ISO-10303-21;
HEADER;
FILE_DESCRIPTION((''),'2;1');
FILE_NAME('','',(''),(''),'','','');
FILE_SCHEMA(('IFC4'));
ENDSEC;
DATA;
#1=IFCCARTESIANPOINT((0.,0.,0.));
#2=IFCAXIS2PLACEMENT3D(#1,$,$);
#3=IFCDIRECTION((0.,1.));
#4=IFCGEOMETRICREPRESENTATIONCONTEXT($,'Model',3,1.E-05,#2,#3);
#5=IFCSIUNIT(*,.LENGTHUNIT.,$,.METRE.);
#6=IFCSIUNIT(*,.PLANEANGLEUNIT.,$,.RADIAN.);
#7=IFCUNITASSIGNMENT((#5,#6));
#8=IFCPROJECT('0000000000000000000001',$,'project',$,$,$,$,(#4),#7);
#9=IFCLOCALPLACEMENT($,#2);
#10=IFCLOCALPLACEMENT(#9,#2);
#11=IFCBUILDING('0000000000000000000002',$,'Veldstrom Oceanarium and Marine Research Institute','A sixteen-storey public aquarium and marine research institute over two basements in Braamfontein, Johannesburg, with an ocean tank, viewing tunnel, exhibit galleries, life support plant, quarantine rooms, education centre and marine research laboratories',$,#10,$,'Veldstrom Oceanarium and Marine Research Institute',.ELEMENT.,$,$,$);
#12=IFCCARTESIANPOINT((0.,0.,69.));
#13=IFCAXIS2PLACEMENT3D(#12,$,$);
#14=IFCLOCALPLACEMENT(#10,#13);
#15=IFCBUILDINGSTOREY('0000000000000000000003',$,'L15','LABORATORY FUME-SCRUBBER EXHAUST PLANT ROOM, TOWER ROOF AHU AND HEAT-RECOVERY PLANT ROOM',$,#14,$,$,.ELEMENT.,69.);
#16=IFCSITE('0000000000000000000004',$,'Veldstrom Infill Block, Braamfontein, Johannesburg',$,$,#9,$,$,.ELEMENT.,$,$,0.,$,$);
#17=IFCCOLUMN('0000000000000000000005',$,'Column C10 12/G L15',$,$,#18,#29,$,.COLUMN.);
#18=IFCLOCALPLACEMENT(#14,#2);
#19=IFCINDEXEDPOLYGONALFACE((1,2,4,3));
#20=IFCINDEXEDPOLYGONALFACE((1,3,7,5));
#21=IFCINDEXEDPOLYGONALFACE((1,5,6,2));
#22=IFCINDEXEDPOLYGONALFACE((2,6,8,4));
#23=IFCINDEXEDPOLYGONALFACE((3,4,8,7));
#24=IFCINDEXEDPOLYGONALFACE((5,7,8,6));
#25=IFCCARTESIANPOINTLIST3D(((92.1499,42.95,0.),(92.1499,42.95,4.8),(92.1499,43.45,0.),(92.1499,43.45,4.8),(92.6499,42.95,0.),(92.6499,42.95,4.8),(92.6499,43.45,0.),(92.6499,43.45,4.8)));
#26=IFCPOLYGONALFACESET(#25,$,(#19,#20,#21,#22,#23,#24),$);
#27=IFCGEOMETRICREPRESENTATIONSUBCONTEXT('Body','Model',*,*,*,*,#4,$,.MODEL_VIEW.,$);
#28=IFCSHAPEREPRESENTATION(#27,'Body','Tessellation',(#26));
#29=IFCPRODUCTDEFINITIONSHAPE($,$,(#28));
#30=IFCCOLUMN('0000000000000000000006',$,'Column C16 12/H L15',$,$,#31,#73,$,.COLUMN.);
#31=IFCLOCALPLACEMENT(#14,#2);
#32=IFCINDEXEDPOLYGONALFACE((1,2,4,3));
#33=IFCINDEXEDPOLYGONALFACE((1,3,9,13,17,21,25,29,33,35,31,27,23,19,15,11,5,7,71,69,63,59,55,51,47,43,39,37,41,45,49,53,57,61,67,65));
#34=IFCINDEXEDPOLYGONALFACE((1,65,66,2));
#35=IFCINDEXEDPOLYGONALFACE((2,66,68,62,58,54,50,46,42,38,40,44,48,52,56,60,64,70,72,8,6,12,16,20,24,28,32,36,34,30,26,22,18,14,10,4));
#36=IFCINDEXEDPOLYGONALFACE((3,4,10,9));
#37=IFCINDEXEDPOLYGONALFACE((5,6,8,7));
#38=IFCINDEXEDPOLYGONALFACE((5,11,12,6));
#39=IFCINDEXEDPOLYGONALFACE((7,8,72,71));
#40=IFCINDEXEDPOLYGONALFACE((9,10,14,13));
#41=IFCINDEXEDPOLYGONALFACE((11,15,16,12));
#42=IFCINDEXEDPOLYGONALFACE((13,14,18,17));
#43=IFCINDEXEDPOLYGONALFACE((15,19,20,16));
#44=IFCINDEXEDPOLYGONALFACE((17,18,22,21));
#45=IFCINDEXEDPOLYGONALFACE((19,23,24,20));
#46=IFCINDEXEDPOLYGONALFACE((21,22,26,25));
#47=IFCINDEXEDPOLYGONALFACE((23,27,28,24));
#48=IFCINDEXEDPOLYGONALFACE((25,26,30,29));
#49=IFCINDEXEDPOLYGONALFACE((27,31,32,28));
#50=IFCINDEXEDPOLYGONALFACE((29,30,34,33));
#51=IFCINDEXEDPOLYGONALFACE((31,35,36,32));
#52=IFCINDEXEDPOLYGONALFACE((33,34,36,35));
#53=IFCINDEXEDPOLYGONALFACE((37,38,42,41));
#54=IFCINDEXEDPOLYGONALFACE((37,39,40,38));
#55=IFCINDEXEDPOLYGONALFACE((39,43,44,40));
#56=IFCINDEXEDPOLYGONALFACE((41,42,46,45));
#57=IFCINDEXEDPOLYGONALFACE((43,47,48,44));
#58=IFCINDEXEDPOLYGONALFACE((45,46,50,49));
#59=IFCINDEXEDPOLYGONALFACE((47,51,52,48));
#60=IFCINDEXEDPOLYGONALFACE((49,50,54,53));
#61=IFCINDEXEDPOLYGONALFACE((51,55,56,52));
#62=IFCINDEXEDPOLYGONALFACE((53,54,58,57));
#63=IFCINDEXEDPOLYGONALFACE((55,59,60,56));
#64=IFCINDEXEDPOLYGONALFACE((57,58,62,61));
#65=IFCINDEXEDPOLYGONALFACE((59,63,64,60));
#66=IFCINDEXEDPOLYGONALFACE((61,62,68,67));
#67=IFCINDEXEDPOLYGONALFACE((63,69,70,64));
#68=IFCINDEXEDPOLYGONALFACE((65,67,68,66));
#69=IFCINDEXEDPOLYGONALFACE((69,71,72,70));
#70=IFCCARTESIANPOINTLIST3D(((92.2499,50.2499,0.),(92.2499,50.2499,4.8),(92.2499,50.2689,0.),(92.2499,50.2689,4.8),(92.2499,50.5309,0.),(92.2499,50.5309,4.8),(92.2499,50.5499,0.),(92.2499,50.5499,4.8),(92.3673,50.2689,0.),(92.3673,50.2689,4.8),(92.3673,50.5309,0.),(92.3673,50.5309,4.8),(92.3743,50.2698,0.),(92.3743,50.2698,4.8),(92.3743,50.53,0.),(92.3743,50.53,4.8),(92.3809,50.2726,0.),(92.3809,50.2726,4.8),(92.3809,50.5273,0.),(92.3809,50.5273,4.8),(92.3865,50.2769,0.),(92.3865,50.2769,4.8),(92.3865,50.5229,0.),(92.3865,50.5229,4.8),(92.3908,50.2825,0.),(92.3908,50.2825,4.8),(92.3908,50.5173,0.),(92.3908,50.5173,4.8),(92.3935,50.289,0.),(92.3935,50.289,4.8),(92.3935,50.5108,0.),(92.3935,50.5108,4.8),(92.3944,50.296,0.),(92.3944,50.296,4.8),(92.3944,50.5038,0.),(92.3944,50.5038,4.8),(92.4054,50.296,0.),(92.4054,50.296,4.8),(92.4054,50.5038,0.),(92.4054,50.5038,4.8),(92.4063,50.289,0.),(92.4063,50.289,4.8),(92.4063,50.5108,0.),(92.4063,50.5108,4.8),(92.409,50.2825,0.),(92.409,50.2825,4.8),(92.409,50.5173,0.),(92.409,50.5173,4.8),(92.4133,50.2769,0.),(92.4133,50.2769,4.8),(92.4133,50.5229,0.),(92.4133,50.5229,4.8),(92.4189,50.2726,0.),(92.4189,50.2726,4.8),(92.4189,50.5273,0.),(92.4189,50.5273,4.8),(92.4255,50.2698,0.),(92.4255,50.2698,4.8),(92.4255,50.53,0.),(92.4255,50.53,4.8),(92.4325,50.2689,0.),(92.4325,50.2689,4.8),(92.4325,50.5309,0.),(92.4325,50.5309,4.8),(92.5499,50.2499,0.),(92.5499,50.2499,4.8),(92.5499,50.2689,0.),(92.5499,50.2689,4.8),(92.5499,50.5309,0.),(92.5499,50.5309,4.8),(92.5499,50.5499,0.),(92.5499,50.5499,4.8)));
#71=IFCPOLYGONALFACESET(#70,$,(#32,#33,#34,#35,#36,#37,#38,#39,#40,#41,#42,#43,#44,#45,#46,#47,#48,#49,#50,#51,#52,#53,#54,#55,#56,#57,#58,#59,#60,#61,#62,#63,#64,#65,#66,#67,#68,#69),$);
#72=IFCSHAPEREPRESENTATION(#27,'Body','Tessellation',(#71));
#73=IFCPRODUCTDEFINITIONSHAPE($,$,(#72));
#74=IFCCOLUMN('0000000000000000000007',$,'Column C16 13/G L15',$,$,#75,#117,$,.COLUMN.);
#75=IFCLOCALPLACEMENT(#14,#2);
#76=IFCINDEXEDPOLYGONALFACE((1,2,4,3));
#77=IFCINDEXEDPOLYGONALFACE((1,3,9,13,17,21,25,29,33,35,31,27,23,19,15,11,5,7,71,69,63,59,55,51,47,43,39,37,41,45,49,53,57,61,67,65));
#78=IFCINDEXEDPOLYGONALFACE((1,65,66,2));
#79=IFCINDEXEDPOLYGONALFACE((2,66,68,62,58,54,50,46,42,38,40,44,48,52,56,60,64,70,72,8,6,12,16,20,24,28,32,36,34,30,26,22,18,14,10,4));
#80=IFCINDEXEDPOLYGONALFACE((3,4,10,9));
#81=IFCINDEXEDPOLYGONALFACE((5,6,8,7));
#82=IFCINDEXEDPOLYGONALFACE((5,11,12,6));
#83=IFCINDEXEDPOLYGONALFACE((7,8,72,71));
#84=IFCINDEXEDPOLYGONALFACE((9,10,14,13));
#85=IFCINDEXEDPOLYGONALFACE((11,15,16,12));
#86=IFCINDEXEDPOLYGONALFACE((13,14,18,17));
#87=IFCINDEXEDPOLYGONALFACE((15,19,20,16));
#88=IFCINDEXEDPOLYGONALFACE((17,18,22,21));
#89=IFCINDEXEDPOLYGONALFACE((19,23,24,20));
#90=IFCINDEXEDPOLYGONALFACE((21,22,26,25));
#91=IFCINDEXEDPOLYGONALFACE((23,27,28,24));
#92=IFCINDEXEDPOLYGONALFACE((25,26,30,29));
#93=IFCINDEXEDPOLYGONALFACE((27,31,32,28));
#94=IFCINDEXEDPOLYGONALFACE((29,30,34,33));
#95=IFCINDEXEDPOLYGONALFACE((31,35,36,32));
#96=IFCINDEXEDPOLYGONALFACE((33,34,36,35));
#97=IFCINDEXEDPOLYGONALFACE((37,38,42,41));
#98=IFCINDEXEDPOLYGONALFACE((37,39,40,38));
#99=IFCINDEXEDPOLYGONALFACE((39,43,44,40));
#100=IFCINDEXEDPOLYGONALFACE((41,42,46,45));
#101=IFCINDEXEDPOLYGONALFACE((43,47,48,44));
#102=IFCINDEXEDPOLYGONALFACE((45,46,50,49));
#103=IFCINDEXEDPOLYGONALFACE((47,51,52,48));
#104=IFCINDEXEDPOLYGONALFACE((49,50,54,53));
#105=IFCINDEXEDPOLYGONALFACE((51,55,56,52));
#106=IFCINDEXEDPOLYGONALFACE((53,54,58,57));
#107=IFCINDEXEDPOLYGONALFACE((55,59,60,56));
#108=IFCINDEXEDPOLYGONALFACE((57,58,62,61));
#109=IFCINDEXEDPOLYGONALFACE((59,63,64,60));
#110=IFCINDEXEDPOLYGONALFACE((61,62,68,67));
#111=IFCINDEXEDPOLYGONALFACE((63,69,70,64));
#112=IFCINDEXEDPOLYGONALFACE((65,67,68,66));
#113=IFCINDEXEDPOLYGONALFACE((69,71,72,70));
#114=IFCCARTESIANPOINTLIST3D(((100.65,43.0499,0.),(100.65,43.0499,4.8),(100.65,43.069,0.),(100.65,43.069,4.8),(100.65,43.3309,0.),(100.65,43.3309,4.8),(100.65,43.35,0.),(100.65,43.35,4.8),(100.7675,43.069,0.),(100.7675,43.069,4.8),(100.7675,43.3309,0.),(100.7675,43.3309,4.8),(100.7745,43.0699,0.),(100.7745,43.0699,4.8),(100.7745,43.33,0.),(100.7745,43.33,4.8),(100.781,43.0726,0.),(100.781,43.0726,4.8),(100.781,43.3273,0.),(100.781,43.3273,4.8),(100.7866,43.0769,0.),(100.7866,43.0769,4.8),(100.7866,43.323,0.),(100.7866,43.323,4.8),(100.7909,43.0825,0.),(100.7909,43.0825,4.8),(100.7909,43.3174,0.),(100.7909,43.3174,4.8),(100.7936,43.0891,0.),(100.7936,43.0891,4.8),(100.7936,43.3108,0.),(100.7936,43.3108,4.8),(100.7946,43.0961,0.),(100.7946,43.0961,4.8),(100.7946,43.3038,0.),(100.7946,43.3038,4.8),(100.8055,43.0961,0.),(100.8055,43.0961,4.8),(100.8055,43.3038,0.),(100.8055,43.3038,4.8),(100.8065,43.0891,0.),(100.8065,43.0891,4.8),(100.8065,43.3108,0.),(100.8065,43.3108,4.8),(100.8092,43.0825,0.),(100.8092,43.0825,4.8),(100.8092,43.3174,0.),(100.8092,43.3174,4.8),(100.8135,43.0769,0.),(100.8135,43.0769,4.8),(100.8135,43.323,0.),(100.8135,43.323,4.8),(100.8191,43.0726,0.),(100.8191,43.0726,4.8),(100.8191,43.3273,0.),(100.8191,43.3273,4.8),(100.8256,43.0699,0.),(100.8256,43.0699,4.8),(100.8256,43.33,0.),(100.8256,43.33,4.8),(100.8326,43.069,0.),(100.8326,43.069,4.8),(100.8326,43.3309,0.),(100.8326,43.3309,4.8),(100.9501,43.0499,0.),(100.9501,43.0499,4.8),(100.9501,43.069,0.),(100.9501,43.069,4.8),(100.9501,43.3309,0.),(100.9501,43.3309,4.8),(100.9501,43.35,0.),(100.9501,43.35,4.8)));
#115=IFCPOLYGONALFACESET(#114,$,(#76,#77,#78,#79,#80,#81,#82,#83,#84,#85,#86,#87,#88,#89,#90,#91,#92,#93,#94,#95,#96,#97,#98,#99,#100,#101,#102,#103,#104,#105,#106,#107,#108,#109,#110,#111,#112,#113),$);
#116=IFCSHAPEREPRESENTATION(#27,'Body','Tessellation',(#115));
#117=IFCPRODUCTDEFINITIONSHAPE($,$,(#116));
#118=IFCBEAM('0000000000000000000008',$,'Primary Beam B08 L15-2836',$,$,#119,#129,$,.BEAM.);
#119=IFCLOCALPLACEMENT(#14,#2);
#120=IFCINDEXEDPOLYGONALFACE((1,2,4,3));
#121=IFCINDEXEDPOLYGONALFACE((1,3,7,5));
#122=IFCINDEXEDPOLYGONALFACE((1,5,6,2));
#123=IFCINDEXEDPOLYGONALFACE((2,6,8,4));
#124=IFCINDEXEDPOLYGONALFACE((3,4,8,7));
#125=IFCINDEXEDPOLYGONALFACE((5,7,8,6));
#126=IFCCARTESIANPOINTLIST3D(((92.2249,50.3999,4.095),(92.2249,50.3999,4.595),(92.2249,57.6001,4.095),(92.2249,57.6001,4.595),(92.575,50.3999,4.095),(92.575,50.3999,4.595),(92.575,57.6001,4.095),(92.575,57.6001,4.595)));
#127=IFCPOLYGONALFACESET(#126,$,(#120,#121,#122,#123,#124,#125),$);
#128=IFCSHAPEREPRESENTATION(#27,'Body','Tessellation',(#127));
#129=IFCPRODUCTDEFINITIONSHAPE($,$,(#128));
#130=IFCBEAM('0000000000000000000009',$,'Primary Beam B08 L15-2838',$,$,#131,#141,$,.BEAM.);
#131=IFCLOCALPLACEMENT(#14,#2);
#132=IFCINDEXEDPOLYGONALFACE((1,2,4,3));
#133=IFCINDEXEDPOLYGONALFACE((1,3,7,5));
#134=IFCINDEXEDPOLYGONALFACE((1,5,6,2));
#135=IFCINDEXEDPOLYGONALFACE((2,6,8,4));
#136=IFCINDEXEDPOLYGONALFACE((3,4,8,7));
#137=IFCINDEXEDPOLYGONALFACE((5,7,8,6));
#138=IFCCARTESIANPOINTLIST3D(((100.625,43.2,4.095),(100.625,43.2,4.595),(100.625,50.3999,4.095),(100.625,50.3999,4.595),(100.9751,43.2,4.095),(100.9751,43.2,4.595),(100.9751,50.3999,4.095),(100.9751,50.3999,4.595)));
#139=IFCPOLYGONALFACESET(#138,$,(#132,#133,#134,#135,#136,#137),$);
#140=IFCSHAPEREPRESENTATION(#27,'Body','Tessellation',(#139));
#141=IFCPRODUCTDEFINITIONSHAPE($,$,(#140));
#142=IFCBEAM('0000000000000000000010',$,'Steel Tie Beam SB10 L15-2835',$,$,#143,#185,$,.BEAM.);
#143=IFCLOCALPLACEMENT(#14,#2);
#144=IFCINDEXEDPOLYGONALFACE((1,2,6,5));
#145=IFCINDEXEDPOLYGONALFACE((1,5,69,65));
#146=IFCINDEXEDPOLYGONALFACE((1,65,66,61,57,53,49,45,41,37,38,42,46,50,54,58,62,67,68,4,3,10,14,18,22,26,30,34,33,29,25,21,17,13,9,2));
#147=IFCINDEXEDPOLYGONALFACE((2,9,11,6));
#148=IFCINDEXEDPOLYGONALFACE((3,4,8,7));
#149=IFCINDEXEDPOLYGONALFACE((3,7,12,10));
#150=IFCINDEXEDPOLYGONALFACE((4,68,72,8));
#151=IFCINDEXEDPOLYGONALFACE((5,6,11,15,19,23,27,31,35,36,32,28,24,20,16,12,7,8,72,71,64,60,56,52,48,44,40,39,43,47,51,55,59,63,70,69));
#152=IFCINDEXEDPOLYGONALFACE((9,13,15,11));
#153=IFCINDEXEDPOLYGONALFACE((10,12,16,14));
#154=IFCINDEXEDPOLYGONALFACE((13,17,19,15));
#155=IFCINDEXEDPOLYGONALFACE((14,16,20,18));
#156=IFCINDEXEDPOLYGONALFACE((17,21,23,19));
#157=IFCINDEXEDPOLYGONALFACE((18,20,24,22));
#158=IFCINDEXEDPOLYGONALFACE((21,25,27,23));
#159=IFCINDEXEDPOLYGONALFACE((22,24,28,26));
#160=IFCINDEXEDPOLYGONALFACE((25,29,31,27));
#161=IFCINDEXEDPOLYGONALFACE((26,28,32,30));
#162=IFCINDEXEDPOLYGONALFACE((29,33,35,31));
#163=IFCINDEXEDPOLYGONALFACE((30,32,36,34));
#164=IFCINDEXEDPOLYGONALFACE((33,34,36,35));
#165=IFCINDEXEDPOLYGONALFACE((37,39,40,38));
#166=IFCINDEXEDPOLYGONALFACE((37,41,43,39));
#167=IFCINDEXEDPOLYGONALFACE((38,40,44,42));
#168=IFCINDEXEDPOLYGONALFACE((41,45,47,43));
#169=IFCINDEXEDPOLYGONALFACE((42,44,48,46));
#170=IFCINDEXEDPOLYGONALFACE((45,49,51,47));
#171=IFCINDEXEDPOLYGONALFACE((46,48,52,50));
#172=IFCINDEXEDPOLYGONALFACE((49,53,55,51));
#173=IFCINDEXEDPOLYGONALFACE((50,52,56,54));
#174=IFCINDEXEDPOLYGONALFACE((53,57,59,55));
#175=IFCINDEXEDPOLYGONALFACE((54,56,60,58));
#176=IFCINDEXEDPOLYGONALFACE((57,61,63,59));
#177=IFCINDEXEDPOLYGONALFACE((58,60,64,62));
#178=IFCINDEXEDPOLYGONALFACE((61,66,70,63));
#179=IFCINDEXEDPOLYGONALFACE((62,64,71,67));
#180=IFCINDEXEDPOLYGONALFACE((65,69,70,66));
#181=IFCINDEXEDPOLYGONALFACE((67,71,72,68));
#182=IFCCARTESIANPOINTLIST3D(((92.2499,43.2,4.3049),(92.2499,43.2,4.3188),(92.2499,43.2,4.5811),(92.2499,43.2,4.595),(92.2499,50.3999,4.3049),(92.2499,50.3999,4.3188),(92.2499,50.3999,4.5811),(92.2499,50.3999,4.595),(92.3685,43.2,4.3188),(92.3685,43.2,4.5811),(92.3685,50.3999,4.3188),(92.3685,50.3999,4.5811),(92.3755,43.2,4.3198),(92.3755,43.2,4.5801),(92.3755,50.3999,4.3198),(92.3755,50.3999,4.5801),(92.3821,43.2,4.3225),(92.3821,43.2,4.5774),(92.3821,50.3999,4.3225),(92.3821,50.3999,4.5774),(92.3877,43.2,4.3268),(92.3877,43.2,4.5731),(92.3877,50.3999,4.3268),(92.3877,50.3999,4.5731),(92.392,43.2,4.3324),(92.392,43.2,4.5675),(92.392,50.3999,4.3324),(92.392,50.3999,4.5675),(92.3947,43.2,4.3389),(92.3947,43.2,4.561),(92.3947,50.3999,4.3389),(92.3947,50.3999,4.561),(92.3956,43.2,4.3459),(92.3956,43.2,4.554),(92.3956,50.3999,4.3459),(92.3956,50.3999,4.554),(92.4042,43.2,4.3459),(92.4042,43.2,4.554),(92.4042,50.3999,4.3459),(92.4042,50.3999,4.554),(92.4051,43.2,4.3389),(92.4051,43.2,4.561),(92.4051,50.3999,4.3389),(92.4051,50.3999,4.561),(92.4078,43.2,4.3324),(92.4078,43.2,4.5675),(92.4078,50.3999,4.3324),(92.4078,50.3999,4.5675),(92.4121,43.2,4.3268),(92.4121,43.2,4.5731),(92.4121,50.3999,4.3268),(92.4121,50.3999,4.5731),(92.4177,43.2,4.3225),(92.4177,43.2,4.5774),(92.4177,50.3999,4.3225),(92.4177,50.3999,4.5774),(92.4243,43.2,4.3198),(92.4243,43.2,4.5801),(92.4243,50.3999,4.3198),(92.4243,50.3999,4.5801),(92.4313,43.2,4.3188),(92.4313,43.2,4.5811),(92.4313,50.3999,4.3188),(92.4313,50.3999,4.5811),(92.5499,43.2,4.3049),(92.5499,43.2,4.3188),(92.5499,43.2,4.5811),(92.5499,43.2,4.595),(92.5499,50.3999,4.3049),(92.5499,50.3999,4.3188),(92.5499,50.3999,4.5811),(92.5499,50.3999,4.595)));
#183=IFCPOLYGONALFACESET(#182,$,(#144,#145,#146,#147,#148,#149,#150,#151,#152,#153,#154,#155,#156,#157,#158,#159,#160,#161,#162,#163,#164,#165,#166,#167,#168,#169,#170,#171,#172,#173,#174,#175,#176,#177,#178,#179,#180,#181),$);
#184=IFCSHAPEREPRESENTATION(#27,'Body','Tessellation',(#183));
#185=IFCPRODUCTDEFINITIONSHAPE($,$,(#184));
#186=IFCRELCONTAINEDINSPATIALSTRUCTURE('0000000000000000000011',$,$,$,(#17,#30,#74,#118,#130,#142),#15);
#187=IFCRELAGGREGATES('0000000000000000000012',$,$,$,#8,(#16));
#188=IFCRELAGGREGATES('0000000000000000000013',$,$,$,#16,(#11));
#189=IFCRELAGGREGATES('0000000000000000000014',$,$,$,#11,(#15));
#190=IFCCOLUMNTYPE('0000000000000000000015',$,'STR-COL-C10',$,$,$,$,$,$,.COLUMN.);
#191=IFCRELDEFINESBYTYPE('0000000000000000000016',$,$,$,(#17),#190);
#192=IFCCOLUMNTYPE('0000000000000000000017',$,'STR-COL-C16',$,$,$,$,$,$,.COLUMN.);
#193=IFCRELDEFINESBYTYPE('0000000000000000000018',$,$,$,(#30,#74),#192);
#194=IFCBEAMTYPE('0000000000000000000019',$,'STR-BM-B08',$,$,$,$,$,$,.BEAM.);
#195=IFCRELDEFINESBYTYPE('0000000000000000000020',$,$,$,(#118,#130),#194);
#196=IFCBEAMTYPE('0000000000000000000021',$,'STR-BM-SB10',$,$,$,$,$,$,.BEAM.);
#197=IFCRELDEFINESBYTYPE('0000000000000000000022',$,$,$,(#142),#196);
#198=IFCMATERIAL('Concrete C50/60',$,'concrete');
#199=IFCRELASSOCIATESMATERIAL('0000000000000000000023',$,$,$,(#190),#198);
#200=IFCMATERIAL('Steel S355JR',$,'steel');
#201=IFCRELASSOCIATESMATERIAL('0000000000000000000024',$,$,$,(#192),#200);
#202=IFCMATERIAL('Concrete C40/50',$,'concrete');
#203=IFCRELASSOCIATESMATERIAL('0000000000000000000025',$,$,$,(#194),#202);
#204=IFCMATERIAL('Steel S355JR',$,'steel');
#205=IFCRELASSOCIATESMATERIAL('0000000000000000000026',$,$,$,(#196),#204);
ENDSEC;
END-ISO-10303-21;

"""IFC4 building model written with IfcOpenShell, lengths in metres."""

from ifc_helpers import new_model, si_unit, direction, frame, origin, origin_2d, place, context, subcontext, project, spatial, rectangle, i_section, extrude, material, material_profile, profile_set, type_object, element, save


model = new_model("IFC4")

# Units and contexts
model_context = context("Model", 3, precision=1e-05, world=origin(), true_north=direction((0.0, 1.0)))
body_context = subcontext(model_context, "Body", "Model", "MODEL_VIEW")
ifc_project = project(units=[si_unit("LENGTHUNIT", "METRE"), si_unit("PLANEANGLEUNIT", "RADIAN")], contexts=[model_context])

# Site, building, storey
site_placement = place(None, origin())
site = spatial("IfcSite", under=ifc_project, at=site_placement, Name="Veldstrom Infill Block, Braamfontein, Johannesburg", CompositionType="ELEMENT", RefElevation=0.0)
building_placement = place(site_placement, origin())
building = spatial("IfcBuilding", under=site, at=building_placement, Name="Veldstrom Oceanarium and Marine Research Institute", Description="A sixteen-storey public aquarium and marine research institute over two basements in Braamfontein, Johannesburg, with an ocean tank, viewing tunnel, exhibit galleries, life support plant, quarantine rooms, education centre and marine research laboratories", LongName="Veldstrom Oceanarium and Marine Research Institute", CompositionType="ELEMENT")
storey_placement = place(building_placement, frame((0.0, 0.0, 69.0)))
storey = spatial("IfcBuildingStorey", under=building, at=storey_placement, Name="L15", Description="LABORATORY FUME-SCRUBBER EXHAUST PLANT ROOM, TOWER ROOF AHU AND HEAT-RECOVERY PLANT ROOM", CompositionType="ELEMENT", Elevation=69.0)

# Columns
ifc_material_1 = material(Name="Concrete C50/60", Category="concrete")
ifc_material_profile_1 = material_profile(ifc_material_1, rectangle(XDim=0.5, YDim=0.5, at=origin_2d()), Name="RC-COL-500x500")
ifc_profile_set_1 = profile_set([ifc_material_profile_1], Name="Concrete C50/60")
column_type_1 = type_object("IfcColumnType", Name="STR-COL-C10", PredefinedType="COLUMN", material=ifc_profile_set_1)
column_placement = place(storey_placement, frame((92.3999, 43.2, 0.0), z_axis=(0.0, 0.0, 1.0), x_axis=(1.0, 0.0, 0.0)))
element("IfcColumn", 1, at=column_placement, inside=storey, type_object=column_type_1, Name="Column C10 12/G L15", PredefinedType="COLUMN", context=body_context, shape_type="SweptSolid", body=[
    extrude(rectangle(XDim=0.5, YDim=0.5, at=origin_2d()), origin(), (0.0, 0.0, 1.0), 4.8),
])
ifc_material_2 = material(Name="Steel S355JR", Category="steel")
ifc_material_profile_2 = material_profile(ifc_material_2, i_section(OverallWidth=0.3, OverallDepth=0.3, WebThickness=0.011, FlangeThickness=0.019, FilletRadius=0.0271, at=origin_2d()), Name="HEB 300")
ifc_profile_set_2 = profile_set([ifc_material_profile_2], Name="Steel S355JR")
column_type_2 = type_object("IfcColumnType", Name="STR-COL-C16", PredefinedType="COLUMN", material=ifc_profile_set_2)
for number, where, z_axis, x_axis, name in (
    (2, (92.3999, 50.3999, 0.0), (0.0, 0.0, 1.0), (1.0, 0.0, 0.0), "Column C16 12/H L15"),
    (3, (100.8, 43.2, 0.0), (0.0, 0.0, 1.0), (1.0, 0.0, 0.0), "Column C16 13/G L15"),
):
    element("IfcColumn", number, at=place(storey_placement, frame(where, z_axis=z_axis, x_axis=x_axis)), inside=storey, type_object=column_type_2, Name=name, PredefinedType="COLUMN", context=body_context, shape_type="SweptSolid", body=[
        extrude(i_section(OverallWidth=0.3, OverallDepth=0.3, WebThickness=0.011, FlangeThickness=0.019, FilletRadius=0.0271, at=origin_2d()), origin(), (0.0, 0.0, 1.0), 4.8),
    ])

# Beams
ifc_material_3 = material(Name="Concrete C40/50", Category="concrete")
ifc_material_profile_3 = material_profile(ifc_material_3, rectangle(XDim=0.3501, YDim=0.5, at=origin_2d()), Name="RC-BM-350x500")
ifc_profile_set_3 = profile_set([ifc_material_profile_3], Name="Concrete C40/50")
beam_type_1 = type_object("IfcBeamType", Name="STR-BM-B08", PredefinedType="BEAM", material=ifc_profile_set_3)
beam_1_placement = place(storey_placement, frame((92.3999, 50.3999, 4.345), z_axis=(0.0, 1.0, 0.0), x_axis=(-1.0, 0.0, 0.0)))
element("IfcBeam", 4, at=beam_1_placement, inside=storey, type_object=beam_type_1, Name="Primary Beam B08 L15-2836", PredefinedType="BEAM", context=body_context, shape_type="SweptSolid", body=[
    extrude(rectangle(XDim=0.3501, YDim=0.5, at=origin_2d()), origin(), (0.0, 0.0, 1.0), 7.2002),
])
beam_2_placement = place(storey_placement, frame((100.8, 43.2, 4.345), z_axis=(0.0, 1.0, 0.0), x_axis=(-1.0, 0.0, 0.0)))
element("IfcBeam", 5, at=beam_2_placement, inside=storey, type_object=beam_type_1, Name="Primary Beam B08 L15-2838", PredefinedType="BEAM", context=body_context, shape_type="SweptSolid", body=[
    extrude(rectangle(XDim=0.3501, YDim=0.5, at=origin_2d()), origin(), (0.0, 0.0, 1.0), 7.2),
])
ifc_material_4 = material(Name="Steel S355JR", Category="steel")
ifc_material_profile_4 = material_profile(ifc_material_4, i_section(OverallWidth=0.3, OverallDepth=0.29, WebThickness=0.0085, FlangeThickness=0.0139, FilletRadius=0.0271, at=origin_2d()), Name="HEA 300")
ifc_profile_set_4 = profile_set([ifc_material_profile_4], Name="Steel S355JR")
beam_type_2 = type_object("IfcBeamType", Name="STR-BM-SB10", PredefinedType="BEAM", material=ifc_profile_set_4)
beam_3_placement = place(storey_placement, frame((92.3999, 43.2, 4.45), z_axis=(0.0, 1.0, 0.0), x_axis=(-1.0, 0.0, 0.0)))
element("IfcBeam", 6, at=beam_3_placement, inside=storey, type_object=beam_type_2, Name="Steel Tie Beam SB10 L15-2835", PredefinedType="BEAM", context=body_context, shape_type="SweptSolid", body=[
    extrude(i_section(OverallWidth=0.3, OverallDepth=0.29, WebThickness=0.0085, FlangeThickness=0.0139, FilletRadius=0.0271, at=origin_2d()), origin(), (0.0, 0.0, 1.0), 7.2),
])

save(model, "model.ifc")
